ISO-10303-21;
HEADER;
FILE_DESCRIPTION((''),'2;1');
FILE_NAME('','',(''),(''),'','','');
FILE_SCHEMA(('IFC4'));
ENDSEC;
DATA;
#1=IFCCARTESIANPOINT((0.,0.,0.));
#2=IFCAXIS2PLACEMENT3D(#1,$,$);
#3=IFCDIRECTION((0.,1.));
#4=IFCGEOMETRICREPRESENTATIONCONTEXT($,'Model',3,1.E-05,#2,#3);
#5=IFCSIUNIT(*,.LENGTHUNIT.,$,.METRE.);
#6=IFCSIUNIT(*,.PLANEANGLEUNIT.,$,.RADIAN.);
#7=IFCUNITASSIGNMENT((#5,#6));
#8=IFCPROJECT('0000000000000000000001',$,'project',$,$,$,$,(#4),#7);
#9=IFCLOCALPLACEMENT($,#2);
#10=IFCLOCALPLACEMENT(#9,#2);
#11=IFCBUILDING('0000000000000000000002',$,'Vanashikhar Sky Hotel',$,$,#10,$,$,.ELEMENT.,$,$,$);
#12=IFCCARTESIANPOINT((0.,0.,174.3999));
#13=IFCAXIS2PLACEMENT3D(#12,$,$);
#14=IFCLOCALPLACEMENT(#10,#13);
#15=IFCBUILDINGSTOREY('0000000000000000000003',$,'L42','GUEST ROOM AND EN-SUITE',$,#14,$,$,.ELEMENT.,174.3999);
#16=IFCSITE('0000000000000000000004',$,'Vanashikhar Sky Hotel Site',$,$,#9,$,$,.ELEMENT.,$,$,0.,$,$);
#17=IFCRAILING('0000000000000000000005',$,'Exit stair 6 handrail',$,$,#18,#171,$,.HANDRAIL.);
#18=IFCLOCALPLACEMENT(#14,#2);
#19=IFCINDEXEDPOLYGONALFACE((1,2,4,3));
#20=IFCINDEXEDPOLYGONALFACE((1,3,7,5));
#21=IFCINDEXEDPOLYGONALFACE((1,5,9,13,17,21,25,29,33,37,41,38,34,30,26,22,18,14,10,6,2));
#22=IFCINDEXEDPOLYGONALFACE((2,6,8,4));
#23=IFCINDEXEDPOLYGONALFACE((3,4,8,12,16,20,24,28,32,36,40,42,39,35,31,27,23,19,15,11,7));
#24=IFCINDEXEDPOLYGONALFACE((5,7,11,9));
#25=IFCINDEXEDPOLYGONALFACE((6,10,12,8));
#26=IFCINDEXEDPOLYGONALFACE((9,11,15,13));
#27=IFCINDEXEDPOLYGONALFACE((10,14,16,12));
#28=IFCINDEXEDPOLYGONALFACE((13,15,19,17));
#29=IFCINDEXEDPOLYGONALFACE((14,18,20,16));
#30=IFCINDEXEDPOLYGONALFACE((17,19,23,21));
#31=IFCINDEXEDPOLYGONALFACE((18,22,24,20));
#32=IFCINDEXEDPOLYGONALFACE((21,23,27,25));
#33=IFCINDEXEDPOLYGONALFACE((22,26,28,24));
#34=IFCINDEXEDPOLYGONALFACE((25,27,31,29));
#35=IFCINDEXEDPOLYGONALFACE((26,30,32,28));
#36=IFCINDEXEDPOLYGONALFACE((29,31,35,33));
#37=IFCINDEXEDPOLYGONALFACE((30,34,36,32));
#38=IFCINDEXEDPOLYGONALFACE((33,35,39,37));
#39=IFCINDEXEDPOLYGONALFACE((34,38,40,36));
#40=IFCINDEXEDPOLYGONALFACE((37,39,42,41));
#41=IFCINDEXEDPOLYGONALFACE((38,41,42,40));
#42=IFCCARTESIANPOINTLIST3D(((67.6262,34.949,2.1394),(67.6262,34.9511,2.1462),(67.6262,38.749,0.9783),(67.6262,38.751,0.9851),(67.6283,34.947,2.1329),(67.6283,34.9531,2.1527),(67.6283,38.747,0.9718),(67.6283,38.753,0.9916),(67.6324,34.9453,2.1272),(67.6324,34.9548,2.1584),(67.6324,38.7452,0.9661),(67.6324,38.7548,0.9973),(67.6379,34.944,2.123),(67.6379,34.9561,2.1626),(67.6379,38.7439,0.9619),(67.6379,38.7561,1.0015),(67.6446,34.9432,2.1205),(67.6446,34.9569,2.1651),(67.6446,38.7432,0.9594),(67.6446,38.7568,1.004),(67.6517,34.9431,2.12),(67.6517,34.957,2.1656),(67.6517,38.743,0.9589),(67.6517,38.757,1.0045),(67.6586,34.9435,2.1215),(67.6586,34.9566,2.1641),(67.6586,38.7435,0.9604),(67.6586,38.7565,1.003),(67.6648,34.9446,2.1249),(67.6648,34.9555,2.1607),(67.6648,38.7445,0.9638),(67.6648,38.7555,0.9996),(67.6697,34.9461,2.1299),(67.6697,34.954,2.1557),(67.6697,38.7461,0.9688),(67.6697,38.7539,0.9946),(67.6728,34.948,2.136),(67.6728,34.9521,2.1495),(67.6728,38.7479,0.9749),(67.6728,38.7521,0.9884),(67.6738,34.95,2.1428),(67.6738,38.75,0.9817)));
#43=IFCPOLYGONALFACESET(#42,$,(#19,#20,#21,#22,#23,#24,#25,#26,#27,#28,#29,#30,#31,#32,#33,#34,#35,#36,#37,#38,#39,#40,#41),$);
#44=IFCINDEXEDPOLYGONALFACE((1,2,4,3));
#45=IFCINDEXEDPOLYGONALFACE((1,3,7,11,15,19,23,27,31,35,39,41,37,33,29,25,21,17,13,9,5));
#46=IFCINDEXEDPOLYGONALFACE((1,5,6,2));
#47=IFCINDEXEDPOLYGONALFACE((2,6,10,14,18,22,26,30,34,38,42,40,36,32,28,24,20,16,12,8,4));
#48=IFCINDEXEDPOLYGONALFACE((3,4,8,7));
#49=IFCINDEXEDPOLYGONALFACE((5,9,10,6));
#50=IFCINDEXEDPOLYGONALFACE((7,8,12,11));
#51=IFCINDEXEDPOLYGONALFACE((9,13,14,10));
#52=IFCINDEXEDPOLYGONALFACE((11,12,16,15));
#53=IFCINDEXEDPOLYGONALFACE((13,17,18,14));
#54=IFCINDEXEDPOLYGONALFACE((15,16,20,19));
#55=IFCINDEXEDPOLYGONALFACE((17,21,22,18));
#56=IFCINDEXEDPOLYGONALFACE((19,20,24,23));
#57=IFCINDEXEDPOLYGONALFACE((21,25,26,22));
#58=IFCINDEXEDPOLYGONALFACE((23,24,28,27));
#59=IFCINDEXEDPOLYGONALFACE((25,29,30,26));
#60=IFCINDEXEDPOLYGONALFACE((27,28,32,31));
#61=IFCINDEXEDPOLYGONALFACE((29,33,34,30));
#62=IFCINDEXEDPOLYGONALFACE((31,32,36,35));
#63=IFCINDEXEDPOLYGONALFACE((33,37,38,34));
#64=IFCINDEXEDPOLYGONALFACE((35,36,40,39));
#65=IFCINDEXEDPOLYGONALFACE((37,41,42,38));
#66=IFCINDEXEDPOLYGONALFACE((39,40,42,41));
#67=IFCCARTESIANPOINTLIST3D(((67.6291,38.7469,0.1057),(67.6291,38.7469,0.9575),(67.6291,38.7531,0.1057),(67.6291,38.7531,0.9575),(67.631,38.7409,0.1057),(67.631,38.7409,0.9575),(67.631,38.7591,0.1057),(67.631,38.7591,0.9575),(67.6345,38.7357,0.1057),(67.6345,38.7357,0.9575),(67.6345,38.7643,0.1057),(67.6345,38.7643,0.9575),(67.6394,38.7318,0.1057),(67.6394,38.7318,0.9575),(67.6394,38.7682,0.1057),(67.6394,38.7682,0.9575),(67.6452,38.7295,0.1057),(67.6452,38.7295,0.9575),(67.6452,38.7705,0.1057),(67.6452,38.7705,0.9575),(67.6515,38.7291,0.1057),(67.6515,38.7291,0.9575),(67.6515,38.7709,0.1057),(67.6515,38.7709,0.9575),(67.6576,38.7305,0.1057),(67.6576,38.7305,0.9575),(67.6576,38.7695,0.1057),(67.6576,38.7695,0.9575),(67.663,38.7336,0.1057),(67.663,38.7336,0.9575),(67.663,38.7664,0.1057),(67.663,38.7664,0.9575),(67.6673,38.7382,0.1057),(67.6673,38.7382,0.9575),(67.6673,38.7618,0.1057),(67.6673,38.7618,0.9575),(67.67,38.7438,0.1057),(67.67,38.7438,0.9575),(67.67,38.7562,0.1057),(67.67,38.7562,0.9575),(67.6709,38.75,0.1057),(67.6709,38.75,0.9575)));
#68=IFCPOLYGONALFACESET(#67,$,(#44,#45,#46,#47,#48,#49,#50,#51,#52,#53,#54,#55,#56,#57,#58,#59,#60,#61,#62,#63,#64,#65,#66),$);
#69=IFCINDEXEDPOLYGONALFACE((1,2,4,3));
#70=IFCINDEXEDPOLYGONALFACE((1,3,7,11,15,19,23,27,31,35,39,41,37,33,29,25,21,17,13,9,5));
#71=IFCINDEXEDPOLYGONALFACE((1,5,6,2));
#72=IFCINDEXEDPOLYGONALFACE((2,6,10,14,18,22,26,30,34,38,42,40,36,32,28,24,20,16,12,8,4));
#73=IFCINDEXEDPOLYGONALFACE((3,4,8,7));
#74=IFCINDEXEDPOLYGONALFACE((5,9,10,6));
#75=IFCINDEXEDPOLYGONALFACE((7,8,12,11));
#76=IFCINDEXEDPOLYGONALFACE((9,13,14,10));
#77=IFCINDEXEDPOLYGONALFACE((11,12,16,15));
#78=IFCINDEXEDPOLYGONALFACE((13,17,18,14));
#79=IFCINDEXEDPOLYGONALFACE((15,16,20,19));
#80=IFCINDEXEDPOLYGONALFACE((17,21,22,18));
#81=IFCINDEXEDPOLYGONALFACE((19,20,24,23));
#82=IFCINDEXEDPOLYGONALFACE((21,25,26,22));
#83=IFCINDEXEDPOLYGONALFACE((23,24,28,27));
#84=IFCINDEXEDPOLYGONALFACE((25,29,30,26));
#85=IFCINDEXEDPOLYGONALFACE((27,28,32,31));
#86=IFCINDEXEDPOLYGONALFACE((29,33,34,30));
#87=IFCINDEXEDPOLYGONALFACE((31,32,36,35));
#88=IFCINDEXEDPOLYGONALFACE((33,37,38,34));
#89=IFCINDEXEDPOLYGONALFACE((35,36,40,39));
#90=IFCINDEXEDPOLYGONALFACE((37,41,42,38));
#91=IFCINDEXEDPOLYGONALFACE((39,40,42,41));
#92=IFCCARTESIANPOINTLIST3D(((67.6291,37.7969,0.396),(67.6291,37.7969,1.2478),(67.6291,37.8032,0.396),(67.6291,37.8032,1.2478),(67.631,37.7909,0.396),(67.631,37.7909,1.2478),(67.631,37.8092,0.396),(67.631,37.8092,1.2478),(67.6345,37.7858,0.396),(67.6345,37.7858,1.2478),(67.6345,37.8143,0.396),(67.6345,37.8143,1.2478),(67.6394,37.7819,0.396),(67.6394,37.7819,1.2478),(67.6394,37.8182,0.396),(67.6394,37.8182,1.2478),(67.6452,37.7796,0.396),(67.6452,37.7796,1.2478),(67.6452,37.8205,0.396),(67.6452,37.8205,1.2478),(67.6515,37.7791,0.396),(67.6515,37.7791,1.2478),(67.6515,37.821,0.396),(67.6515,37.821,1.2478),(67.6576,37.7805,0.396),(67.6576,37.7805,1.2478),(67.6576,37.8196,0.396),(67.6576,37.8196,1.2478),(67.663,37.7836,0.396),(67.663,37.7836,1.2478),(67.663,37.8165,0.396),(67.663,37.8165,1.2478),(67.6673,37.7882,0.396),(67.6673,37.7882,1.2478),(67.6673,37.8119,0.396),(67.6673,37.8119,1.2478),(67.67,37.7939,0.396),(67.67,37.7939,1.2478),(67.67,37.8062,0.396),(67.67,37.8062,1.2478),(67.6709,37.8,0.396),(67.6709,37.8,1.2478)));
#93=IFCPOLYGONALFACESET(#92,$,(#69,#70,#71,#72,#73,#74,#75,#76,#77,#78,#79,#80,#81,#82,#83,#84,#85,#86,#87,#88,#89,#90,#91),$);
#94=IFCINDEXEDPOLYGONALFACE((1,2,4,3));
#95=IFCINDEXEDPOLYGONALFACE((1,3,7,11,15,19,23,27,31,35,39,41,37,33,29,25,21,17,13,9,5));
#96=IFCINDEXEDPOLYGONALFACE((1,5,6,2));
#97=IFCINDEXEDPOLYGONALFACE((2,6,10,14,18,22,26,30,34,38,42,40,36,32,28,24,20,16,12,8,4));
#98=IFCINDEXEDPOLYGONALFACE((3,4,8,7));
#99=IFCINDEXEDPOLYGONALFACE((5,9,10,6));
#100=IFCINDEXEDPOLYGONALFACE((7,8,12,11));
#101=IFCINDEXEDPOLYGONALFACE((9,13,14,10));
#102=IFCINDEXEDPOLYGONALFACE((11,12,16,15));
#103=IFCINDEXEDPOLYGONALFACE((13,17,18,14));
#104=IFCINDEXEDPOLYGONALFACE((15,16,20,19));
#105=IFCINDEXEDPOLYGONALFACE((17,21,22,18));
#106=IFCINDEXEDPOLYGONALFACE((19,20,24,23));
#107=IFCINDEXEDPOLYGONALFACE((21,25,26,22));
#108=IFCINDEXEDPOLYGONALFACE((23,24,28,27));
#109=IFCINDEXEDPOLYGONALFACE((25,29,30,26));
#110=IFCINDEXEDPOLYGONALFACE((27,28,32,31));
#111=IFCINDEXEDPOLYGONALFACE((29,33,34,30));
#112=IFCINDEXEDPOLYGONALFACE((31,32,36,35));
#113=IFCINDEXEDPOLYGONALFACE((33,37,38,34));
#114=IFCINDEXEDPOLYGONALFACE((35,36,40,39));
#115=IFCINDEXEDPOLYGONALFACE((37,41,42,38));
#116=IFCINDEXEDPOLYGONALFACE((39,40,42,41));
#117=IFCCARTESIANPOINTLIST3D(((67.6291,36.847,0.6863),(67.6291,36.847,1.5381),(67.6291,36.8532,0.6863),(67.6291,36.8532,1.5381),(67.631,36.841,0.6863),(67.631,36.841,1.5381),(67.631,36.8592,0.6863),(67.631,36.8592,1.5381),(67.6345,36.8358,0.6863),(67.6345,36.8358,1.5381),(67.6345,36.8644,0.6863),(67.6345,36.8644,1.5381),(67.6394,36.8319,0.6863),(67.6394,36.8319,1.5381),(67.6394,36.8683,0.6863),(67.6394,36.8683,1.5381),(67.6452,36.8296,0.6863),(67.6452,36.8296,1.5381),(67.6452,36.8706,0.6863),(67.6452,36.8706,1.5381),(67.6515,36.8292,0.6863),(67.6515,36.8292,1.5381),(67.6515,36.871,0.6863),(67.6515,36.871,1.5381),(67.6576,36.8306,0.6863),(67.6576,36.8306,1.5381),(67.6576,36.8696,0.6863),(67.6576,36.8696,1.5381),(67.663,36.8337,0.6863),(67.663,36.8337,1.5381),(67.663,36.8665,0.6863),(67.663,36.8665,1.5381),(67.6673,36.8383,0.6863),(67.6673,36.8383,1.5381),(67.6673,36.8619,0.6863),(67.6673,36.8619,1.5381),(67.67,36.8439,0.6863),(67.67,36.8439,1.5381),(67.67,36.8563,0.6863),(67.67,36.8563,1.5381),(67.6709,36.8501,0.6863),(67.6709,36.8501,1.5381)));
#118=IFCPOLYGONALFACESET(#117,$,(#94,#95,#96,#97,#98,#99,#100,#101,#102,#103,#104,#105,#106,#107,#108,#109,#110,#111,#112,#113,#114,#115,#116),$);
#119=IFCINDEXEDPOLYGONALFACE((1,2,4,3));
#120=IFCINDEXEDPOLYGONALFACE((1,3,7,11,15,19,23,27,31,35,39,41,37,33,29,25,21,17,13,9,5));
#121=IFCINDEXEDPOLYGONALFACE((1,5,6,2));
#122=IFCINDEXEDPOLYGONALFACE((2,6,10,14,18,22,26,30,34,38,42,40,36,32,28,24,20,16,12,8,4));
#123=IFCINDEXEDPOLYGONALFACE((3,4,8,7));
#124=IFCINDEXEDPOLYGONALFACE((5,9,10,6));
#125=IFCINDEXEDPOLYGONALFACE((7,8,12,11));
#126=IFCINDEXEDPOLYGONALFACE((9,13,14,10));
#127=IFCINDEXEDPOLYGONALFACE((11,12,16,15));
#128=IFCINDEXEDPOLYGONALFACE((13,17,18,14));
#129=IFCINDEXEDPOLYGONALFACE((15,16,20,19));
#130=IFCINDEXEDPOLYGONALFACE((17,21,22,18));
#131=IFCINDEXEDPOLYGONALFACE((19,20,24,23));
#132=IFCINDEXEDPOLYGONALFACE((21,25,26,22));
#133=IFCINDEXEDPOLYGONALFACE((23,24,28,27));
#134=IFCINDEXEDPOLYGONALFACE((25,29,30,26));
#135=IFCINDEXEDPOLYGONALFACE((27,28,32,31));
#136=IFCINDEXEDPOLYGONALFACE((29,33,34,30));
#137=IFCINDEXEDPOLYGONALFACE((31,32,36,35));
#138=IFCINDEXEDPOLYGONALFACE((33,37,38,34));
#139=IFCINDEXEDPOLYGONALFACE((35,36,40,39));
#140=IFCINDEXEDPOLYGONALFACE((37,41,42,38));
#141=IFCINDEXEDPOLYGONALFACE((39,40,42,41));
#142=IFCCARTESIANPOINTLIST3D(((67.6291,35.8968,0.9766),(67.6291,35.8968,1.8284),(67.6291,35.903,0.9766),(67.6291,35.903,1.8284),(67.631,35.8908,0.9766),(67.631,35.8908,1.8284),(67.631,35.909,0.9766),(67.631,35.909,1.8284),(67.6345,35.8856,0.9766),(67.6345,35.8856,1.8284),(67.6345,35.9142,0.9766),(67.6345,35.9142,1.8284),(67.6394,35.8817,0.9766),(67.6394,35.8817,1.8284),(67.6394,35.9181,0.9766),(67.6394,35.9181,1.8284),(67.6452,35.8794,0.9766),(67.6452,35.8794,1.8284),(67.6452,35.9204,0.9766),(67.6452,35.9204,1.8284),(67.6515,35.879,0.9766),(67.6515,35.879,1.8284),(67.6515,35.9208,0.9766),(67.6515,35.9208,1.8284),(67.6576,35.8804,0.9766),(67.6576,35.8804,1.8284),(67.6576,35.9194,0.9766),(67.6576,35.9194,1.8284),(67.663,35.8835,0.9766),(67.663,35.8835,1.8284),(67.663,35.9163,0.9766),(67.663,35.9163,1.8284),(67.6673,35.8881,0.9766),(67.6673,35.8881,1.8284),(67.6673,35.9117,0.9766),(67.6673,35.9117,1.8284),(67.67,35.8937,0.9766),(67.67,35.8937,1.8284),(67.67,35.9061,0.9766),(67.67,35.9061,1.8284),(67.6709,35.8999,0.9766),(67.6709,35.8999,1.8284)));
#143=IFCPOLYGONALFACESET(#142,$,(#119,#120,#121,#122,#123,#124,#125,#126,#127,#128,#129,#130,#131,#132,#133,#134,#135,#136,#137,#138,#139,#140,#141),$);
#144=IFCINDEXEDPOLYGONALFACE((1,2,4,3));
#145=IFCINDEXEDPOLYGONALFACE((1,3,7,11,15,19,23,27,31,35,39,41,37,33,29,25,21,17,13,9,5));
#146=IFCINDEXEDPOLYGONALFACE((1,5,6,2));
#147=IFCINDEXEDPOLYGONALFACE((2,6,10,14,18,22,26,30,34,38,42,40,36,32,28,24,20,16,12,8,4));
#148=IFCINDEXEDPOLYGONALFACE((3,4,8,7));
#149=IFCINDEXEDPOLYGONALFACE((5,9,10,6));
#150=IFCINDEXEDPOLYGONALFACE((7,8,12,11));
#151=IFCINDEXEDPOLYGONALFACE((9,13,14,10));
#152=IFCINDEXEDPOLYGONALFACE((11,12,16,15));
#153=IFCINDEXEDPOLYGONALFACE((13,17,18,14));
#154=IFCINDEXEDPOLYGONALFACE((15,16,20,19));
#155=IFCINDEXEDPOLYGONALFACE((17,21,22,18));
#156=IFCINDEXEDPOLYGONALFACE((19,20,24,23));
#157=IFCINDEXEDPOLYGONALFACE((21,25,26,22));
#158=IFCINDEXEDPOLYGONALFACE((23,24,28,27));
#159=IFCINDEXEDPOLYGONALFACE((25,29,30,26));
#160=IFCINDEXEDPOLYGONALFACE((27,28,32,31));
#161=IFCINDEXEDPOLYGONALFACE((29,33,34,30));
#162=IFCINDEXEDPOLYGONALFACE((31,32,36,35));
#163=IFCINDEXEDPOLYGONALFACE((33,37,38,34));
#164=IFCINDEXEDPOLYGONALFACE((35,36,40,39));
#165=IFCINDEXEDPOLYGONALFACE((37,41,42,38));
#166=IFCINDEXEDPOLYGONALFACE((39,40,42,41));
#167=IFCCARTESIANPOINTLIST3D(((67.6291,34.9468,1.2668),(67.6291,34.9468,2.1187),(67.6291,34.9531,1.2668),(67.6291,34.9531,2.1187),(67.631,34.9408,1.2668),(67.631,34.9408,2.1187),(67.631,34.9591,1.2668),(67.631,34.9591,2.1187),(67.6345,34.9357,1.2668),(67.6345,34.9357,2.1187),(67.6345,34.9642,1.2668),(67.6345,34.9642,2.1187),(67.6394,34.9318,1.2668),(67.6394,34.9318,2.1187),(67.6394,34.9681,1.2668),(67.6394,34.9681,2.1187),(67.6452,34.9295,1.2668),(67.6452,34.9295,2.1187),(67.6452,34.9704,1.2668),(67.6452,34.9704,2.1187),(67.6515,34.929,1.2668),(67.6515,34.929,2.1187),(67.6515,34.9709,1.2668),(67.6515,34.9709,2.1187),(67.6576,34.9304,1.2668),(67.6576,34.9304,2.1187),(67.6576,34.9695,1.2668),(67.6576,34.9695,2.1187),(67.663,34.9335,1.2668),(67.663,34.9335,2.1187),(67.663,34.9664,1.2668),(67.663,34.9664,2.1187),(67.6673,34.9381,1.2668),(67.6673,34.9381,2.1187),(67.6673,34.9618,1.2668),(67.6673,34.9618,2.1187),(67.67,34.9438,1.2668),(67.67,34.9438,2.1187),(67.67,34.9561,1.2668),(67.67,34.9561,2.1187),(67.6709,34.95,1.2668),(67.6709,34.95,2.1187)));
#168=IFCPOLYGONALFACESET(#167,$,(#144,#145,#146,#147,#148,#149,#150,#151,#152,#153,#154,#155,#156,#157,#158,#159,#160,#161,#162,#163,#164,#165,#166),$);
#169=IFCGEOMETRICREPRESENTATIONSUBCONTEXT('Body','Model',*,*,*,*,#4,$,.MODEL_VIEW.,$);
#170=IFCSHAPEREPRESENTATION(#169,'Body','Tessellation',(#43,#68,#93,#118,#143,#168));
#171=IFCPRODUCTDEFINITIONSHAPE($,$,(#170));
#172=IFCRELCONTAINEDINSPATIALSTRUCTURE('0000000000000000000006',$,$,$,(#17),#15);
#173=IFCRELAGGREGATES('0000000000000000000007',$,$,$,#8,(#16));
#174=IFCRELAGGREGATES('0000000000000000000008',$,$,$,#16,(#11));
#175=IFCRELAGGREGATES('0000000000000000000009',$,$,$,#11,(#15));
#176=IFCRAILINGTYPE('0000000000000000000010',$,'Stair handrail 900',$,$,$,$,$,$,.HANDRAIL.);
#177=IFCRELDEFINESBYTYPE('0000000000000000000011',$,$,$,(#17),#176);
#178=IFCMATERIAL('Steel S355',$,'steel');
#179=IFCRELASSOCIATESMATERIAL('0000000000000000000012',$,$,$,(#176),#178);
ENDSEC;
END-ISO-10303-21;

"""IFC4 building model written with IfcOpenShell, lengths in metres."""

from ifc_helpers import new_model, si_unit, direction, frame, origin, origin_2d, place, context, subcontext, project, spatial, circle, extrude, source, transform, mapped, material, type_object, element, save


model = new_model("IFC4")

# Units and contexts
model_context = context("Model", 3, precision=1e-05, world=origin(), true_north=direction((0.0, 1.0)))
body_context = subcontext(model_context, "Body", "Model", "MODEL_VIEW")
ifc_project = project(units=[si_unit("LENGTHUNIT", "METRE"), si_unit("PLANEANGLEUNIT", "RADIAN")], contexts=[model_context])

# Site, building, storey
site_placement = place(None, origin())
site = spatial("IfcSite", under=ifc_project, at=site_placement, Name="Vanashikhar Sky Hotel Site", CompositionType="ELEMENT", RefElevation=0.0)
building_placement = place(site_placement, origin())
building = spatial("IfcBuilding", under=site, at=building_placement, Name="Vanashikhar Sky Hotel", CompositionType="ELEMENT")
storey_placement = place(building_placement, frame((0.0, 0.0, 174.3999)))
storey = spatial("IfcBuildingStorey", under=building, at=storey_placement, Name="L42", Description="GUEST ROOM AND EN-SUITE", CompositionType="ELEMENT", Elevation=174.3999)

# Railing
ifc_material_1 = material(Name="Steel S355", Category="steel")
railing_type = type_object("IfcRailingType", Name="Stair handrail 900", PredefinedType="HANDRAIL", material=ifc_material_1)
shared_shape_1 = source(origin(), body_context, "Body", "SweptSolid", [
    extrude(circle(Radius=0.0239, at=origin_2d()), frame((0.0, 0.0, 0.876), z_axis=(0.0, -0.956351, 0.29222), x_axis=(1.0, 0.0, 0.0)), (0.0, 0.0, 1.0), 3.9734),
    extrude(circle(Radius=0.021, at=origin_2d()), origin(), (0.0, 0.0, 1.0), 0.8518),
    extrude(circle(Radius=0.021, at=origin_2d()), frame((0.0, -0.95, 0.2903)), (0.0, 0.0, 1.0), 0.8518),
    extrude(circle(Radius=0.021, at=origin_2d()), frame((0.0, -1.8999, 0.5806)), (0.0, 0.0, 1.0), 0.8518),
    extrude(circle(Radius=0.021, at=origin_2d()), frame((0.0, -2.8501, 0.8708)), (0.0, 0.0, 1.0), 0.8518),
    extrude(circle(Radius=0.021, at=origin_2d()), frame((0.0, -3.8, 1.1611)), (0.0, 0.0, 1.0), 0.8518),
])
for number, where, name in (
    (1, (67.6499, 38.75, 0.1057), "Exit stair 6 handrail"),
):
    element("IfcRailing", number, at=place(storey_placement, frame(where)), inside=storey, type_object=railing_type, Name=name, PredefinedType="HANDRAIL", context=body_context, shape_type="MappedRepresentation", body=[
        mapped(shared_shape_1, transform((0.0, 0.0, 0.0), scale=1.0)),
    ])

save(model, "model.ifc")
